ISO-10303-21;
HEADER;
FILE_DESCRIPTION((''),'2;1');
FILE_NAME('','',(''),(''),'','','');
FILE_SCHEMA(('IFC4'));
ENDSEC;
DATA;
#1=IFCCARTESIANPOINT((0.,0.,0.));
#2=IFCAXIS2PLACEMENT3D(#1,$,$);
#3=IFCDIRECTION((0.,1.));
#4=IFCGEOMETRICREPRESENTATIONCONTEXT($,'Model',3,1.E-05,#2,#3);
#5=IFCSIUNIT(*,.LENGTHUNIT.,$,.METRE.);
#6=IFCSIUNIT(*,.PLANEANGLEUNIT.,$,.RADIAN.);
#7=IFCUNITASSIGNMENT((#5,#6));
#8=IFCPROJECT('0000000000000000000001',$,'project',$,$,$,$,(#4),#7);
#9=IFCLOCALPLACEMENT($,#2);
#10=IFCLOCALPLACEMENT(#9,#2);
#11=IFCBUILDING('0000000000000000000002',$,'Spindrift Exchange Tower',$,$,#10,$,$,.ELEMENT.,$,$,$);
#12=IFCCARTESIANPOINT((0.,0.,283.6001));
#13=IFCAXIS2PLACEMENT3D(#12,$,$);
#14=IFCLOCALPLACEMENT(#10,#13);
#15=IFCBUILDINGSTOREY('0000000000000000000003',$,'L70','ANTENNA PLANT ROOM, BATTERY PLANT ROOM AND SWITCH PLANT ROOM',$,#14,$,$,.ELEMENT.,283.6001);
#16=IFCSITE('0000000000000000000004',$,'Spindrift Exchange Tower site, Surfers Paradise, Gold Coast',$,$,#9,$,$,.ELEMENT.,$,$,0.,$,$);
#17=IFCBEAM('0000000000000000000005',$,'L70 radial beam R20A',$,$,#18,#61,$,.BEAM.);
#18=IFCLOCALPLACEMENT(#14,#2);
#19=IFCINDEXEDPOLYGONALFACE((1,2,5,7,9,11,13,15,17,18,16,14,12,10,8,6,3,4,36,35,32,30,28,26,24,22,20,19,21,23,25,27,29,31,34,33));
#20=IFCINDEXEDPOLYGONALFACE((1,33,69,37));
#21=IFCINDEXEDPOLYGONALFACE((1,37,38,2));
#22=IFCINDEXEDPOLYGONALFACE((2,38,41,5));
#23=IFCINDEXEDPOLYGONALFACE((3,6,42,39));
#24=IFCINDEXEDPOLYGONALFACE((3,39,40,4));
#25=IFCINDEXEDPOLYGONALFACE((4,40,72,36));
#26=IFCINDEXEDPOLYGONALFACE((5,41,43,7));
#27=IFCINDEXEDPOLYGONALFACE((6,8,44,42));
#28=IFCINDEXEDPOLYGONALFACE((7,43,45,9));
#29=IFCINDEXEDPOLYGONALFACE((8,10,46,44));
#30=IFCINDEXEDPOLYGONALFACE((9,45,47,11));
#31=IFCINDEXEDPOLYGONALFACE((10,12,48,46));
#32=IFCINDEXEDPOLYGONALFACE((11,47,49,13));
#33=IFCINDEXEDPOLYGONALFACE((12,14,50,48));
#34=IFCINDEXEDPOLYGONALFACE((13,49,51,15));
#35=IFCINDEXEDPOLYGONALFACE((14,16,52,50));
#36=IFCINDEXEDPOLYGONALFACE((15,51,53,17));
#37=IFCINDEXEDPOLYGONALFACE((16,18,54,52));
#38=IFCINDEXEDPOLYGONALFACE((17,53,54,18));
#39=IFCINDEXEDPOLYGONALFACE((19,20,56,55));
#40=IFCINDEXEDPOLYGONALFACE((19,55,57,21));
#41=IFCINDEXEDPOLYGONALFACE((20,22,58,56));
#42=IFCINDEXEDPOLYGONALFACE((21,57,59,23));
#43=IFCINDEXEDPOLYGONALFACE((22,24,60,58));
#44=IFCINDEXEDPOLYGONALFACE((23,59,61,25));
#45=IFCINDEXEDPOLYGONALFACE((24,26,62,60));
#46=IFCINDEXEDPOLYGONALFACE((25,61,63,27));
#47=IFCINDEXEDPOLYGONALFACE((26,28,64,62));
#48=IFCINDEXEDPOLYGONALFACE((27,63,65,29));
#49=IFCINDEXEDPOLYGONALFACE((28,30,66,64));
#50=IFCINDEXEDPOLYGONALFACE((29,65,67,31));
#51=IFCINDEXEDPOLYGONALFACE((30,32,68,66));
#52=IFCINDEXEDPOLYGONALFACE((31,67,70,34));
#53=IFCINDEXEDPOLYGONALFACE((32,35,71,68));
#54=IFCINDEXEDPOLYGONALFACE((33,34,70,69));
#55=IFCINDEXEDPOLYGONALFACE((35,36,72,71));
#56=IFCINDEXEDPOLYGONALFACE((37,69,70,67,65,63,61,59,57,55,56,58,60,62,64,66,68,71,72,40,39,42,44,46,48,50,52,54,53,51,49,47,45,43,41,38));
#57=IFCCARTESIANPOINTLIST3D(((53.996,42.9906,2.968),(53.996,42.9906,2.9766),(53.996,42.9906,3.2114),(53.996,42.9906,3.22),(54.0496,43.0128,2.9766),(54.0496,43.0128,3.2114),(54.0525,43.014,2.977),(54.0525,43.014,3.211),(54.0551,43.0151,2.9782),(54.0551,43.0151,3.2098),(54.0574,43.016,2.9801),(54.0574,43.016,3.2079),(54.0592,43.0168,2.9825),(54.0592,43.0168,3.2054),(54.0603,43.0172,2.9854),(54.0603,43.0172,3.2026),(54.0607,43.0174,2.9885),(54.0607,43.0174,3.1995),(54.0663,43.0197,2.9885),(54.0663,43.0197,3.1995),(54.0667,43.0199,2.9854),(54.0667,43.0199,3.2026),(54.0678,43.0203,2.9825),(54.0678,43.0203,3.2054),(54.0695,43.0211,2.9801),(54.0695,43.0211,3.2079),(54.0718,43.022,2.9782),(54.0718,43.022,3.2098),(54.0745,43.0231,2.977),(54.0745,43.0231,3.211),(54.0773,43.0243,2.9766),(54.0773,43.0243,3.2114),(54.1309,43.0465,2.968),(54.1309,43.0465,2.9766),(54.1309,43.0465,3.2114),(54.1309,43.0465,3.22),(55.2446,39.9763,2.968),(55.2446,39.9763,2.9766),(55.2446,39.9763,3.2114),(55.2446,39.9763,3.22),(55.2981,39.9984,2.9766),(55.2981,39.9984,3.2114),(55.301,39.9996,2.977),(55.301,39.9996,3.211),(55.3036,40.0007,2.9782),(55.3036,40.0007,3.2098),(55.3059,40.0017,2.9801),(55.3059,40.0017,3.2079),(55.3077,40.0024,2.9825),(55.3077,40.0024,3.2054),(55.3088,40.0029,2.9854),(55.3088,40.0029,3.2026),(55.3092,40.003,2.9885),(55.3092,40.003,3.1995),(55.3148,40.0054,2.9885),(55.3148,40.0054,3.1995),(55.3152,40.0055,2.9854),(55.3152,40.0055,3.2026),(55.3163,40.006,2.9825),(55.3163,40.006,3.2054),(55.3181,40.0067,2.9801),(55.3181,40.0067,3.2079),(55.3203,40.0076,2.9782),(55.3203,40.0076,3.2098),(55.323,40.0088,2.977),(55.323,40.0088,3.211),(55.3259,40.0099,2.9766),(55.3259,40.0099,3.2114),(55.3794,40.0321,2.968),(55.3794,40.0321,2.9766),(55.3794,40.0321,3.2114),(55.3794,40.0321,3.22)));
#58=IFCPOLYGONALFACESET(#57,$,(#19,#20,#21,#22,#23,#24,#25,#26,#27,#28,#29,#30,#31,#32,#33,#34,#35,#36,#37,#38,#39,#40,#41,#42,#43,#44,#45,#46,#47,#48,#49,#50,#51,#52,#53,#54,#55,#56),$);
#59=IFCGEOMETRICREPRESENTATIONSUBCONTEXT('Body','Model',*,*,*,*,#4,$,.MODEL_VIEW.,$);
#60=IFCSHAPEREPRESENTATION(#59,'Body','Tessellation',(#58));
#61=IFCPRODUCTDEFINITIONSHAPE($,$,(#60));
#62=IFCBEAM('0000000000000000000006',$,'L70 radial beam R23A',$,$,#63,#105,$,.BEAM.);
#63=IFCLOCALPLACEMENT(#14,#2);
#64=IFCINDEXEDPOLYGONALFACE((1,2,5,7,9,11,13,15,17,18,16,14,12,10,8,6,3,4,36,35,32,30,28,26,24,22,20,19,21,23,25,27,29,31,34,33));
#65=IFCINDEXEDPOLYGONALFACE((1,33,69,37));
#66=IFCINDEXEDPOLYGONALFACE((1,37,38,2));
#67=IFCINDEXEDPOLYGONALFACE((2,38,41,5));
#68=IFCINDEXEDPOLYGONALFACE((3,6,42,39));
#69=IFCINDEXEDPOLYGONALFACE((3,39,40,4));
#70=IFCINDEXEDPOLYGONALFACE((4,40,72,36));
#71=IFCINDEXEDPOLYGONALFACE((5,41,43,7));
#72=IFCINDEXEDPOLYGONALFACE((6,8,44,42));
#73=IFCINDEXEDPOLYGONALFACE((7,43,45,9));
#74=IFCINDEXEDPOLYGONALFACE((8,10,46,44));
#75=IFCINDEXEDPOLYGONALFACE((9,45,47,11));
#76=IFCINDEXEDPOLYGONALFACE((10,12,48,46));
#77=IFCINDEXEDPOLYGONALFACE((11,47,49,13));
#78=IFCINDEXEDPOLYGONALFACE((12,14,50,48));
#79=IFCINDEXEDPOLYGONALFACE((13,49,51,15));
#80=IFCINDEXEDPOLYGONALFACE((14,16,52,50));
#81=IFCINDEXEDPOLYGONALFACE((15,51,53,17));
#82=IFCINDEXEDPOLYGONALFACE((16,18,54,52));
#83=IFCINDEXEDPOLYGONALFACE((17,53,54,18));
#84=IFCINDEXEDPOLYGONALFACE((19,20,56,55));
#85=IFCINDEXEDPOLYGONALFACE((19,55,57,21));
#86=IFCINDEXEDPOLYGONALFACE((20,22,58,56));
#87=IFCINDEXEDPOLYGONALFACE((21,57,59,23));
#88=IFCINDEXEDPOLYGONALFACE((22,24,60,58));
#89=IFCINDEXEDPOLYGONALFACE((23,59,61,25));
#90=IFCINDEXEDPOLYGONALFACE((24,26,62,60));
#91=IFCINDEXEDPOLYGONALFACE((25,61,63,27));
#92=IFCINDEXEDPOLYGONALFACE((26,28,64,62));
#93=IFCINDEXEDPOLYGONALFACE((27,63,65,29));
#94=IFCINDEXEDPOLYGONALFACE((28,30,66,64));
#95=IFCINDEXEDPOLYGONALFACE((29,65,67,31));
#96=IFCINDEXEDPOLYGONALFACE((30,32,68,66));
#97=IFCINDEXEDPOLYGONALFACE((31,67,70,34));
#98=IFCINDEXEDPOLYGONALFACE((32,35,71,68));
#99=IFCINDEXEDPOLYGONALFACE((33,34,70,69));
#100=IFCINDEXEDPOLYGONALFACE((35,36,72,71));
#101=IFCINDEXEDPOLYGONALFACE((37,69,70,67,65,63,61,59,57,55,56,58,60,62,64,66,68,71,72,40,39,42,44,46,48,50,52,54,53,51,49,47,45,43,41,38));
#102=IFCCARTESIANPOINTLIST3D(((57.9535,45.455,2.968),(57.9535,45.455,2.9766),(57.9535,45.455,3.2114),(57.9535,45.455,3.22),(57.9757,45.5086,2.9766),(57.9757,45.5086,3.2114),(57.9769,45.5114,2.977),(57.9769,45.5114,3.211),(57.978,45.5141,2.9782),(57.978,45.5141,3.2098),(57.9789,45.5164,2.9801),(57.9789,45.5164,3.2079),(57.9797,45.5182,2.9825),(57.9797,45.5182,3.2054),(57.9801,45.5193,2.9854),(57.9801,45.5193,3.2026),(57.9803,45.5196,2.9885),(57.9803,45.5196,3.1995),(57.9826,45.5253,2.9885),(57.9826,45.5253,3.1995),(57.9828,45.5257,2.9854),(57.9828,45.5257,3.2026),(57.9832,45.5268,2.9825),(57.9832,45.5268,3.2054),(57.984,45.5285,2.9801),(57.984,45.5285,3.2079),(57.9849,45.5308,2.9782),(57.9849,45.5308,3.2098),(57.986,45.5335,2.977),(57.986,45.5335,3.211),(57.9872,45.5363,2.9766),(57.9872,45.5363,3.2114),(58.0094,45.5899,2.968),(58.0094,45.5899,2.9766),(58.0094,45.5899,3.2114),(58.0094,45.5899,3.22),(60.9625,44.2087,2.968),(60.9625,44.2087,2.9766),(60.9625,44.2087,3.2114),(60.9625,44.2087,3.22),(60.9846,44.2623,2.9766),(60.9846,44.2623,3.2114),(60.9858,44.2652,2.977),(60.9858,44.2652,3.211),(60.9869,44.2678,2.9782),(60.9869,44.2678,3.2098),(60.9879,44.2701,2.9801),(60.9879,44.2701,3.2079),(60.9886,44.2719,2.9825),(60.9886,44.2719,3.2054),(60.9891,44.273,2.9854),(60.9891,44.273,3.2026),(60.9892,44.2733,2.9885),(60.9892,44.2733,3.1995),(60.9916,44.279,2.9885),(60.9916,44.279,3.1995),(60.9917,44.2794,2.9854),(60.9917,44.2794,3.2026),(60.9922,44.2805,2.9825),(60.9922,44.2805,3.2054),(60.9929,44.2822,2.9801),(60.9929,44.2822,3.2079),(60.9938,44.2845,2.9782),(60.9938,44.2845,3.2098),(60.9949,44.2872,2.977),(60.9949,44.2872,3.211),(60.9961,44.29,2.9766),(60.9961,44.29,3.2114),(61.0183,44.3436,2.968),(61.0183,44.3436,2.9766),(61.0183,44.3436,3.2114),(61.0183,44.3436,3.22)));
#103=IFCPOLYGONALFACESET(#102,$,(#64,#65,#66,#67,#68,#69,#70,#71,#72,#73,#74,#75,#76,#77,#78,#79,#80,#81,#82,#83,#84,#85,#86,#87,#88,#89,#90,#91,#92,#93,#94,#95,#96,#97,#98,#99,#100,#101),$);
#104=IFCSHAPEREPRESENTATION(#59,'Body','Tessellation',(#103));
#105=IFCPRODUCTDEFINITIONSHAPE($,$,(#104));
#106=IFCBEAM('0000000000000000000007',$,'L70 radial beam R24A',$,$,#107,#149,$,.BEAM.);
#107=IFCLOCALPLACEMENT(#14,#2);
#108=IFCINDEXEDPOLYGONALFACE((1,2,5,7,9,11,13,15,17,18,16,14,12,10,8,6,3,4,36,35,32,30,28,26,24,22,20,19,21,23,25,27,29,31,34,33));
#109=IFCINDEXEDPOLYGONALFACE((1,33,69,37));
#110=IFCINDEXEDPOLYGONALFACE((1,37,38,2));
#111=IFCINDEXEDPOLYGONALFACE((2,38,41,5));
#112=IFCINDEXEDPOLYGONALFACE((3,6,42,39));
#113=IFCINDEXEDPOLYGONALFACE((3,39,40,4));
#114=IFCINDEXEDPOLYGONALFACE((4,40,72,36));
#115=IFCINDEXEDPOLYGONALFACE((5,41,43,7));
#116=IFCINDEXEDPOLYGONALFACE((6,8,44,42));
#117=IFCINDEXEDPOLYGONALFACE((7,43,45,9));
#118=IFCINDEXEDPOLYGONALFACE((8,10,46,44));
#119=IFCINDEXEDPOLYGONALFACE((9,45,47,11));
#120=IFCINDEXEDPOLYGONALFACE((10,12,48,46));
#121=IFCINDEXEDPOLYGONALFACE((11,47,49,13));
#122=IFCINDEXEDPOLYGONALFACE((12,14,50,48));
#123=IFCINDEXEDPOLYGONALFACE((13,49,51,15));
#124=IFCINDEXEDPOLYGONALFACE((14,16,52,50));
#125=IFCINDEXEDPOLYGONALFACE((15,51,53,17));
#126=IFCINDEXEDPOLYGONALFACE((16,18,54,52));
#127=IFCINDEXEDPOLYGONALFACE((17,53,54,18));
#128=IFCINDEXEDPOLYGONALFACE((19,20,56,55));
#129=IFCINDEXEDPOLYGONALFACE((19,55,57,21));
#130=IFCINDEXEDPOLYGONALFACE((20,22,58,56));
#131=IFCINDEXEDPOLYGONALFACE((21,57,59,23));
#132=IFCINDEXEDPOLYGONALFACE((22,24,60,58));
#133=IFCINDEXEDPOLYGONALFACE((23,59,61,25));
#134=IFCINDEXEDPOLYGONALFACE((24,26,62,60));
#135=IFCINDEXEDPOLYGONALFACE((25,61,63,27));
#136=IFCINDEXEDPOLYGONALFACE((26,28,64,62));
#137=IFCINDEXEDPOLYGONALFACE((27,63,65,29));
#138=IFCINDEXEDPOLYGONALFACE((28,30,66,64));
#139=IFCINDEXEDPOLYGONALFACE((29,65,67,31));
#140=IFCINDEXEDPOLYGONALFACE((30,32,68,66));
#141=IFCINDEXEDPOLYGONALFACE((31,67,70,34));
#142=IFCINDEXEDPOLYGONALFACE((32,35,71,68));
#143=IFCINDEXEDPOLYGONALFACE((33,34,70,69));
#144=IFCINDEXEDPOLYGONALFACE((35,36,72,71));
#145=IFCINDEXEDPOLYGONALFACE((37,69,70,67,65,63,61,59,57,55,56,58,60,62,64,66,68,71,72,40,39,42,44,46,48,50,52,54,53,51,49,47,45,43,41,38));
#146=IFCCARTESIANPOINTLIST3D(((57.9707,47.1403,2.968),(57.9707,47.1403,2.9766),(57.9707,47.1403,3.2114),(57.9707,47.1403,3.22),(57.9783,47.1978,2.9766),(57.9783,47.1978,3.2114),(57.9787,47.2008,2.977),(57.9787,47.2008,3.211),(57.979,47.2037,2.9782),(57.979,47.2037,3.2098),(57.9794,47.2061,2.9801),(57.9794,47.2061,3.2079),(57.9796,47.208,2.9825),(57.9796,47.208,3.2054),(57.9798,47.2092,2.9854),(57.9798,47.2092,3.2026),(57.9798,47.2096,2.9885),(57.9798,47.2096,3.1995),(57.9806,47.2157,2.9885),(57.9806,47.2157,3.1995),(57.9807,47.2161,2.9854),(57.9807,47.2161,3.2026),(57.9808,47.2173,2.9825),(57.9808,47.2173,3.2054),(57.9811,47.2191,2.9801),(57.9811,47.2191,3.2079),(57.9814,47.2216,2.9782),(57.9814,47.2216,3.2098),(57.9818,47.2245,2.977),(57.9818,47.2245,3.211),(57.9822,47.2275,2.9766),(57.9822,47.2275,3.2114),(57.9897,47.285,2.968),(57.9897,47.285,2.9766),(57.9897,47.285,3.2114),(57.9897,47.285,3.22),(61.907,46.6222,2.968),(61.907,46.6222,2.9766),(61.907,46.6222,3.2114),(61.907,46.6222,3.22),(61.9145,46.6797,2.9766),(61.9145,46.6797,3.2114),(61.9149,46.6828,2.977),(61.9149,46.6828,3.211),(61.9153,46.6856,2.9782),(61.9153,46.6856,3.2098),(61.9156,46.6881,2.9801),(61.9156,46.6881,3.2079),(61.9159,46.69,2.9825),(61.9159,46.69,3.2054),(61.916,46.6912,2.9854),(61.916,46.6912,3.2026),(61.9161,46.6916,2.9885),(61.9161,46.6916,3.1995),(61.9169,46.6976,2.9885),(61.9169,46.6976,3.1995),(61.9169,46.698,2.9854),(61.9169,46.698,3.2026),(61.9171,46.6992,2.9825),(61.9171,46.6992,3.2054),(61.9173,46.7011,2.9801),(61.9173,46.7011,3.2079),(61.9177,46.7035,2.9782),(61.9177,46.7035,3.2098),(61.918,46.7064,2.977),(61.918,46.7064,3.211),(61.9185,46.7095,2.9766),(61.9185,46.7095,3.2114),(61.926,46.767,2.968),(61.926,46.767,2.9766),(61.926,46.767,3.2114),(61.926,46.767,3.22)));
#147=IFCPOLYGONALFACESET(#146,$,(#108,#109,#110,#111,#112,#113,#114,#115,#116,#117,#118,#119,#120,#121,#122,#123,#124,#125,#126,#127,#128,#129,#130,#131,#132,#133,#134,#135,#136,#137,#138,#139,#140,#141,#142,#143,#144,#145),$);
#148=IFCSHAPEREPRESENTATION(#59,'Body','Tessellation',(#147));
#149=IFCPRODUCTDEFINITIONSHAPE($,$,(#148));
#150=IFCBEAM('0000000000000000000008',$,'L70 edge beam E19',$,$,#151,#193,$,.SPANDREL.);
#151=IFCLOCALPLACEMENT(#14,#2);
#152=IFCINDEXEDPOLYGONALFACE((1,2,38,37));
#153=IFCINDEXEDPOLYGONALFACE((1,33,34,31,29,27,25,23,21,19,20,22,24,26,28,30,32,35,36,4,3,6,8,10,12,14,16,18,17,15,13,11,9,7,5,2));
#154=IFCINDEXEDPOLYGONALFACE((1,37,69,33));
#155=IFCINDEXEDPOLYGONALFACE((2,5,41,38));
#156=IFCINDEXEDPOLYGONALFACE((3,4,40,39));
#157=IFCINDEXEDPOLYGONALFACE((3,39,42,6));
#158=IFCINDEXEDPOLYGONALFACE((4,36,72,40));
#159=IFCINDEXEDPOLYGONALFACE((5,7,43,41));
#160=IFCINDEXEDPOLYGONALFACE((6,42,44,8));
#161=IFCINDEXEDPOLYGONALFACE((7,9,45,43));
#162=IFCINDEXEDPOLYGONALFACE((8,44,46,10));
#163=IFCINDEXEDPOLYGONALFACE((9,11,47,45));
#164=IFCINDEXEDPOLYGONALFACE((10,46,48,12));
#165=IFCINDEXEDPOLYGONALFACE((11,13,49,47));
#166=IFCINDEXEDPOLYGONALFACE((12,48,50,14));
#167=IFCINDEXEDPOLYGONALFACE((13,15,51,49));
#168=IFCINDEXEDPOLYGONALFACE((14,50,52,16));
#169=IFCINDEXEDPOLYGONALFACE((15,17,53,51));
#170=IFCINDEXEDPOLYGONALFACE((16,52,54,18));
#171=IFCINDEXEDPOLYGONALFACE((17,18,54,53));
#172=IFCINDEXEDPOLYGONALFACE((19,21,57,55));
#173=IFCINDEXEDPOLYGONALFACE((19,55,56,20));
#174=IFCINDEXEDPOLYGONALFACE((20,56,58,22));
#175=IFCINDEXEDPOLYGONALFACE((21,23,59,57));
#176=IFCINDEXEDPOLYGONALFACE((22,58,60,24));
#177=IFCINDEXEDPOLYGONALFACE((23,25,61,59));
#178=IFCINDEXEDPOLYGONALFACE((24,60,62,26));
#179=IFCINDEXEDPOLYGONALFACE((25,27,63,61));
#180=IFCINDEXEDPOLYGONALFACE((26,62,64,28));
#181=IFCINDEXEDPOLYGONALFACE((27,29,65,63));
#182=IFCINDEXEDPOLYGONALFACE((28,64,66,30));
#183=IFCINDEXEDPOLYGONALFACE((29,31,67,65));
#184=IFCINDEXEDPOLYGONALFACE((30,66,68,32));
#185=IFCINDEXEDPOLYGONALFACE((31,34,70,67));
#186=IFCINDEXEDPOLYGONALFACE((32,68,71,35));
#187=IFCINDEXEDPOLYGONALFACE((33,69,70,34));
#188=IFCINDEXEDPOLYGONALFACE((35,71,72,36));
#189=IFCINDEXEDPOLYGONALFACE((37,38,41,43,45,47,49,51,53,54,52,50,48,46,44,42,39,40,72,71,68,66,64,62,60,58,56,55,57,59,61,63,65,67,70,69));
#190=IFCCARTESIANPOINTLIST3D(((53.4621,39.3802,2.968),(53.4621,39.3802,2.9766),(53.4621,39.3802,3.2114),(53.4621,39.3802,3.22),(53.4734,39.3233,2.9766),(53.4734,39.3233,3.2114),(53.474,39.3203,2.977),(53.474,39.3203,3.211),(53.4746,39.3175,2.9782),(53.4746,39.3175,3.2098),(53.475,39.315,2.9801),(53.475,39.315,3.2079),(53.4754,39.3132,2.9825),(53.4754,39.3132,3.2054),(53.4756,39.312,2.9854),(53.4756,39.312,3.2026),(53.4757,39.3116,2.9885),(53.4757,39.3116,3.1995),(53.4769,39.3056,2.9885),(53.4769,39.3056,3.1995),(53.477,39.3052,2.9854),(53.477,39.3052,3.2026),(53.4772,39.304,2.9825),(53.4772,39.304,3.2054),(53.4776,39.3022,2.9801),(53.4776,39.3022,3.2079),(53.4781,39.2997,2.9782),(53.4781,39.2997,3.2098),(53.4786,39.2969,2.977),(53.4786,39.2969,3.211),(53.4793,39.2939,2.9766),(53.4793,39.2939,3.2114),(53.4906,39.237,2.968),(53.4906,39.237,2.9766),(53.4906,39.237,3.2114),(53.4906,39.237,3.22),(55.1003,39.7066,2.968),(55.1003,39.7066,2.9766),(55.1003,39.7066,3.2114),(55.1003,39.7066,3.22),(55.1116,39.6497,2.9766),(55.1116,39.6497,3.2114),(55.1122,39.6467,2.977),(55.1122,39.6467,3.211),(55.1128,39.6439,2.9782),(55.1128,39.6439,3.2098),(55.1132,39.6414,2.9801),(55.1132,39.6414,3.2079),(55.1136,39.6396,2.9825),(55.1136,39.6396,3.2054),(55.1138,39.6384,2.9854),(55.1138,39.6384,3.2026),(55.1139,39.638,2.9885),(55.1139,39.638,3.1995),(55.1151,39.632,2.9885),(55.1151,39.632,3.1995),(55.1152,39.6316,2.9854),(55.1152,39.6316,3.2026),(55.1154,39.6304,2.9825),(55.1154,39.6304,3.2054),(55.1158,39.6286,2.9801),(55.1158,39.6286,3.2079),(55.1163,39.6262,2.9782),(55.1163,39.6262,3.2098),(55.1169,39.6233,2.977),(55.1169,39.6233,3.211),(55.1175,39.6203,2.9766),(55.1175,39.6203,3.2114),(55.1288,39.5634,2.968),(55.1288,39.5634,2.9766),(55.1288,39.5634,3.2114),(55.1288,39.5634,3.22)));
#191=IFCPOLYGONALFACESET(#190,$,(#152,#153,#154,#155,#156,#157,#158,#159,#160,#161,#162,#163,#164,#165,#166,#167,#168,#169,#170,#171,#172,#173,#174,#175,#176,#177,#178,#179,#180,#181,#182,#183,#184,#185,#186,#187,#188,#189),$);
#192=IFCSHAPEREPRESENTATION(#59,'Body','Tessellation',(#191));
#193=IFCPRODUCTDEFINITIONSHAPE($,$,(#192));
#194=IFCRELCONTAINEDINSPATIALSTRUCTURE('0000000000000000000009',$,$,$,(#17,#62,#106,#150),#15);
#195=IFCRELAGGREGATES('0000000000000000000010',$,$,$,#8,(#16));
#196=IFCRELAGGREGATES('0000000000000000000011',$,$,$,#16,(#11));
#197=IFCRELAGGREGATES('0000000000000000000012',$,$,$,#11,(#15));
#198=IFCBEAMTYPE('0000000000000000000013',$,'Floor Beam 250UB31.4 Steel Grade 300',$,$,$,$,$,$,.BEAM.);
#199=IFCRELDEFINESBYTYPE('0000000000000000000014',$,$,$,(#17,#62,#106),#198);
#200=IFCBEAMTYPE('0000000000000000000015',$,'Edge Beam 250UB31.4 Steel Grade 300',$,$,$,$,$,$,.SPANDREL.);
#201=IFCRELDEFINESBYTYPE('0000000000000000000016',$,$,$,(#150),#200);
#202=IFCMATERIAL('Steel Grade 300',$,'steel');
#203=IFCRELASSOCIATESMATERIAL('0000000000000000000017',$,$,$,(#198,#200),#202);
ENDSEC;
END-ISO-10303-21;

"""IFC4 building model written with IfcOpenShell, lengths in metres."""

from ifc_helpers import new_model, si_unit, direction, frame, origin, origin_2d, place, context, subcontext, project, spatial, i_section, extrude, source, transform, mapped, material, material_profile, profile_set, type_object, element, save


model = new_model("IFC4")

# Units and contexts
model_context = context("Model", 3, precision=1e-05, world=origin(), true_north=direction((0.0, 1.0)))
body_context = subcontext(model_context, "Body", "Model", "MODEL_VIEW")
ifc_project = project(units=[si_unit("LENGTHUNIT", "METRE"), si_unit("PLANEANGLEUNIT", "RADIAN")], contexts=[model_context])

# Site, building, storey
site_placement = place(None, origin())
site = spatial("IfcSite", under=ifc_project, at=site_placement, Name="Spindrift Exchange Tower site, Surfers Paradise, Gold Coast", CompositionType="ELEMENT", RefElevation=0.0)
building_placement = place(site_placement, origin())
building = spatial("IfcBuilding", under=site, at=building_placement, Name="Spindrift Exchange Tower", CompositionType="ELEMENT")
storey_placement = place(building_placement, frame((0.0, 0.0, 283.6001)))
storey = spatial("IfcBuildingStorey", under=building, at=storey_placement, Name="L70", Description="ANTENNA PLANT ROOM, BATTERY PLANT ROOM AND SWITCH PLANT ROOM", CompositionType="ELEMENT", Elevation=283.6001)

# Beams
ifc_material_1 = material(Name="Steel Grade 300", Category="steel")
ifc_material_profile_1 = material_profile(ifc_material_1, i_section(OverallWidth=0.146, OverallDepth=0.252, WebThickness=0.0061, FlangeThickness=0.0085, FilletRadius=0.012, at=origin_2d()), Name="250UB31.4")
ifc_profile_set_1 = profile_set([ifc_material_profile_1], Name="Steel Grade 300")
beam_type_1 = type_object("IfcBeamType", Name="Floor Beam 250UB31.4 Steel Grade 300", PredefinedType="BEAM", material=ifc_profile_set_1)
shared_shape_1 = source(origin(), body_context, "Body", "SweptSolid", [
    extrude(i_section(OverallWidth=0.146, OverallDepth=0.252, WebThickness=0.0061, FlangeThickness=0.0085, FilletRadius=0.012, at=origin_2d()), origin(), (0.0, 0.0, 1.0), 3.2627),
])
beam_1_placement = place(storey_placement, frame((54.0635, 43.0186, 3.094), z_axis=(0.382665, -0.923887, 0.0), x_axis=(0.923887, 0.382665, 0.0)))
element("IfcBeam", 1, at=beam_1_placement, inside=storey, type_object=beam_type_1, Name="L70 radial beam R20A", PredefinedType="BEAM", context=body_context, shape_type="MappedRepresentation", body=[
    mapped(shared_shape_1, transform((0.0, 0.0, 0.0), scale=1.0)),
])
shared_shape_2 = source(origin(), body_context, "Body", "SweptSolid", [
    extrude(i_section(OverallWidth=0.146, OverallDepth=0.252, WebThickness=0.0061, FlangeThickness=0.0085, FilletRadius=0.012, at=origin_2d()), origin(), (0.0, 0.0, 1.0), 3.2568),
])
beam_2_placement = place(storey_placement, frame((57.9814, 45.5225, 3.094), z_axis=(0.923884, -0.382672, 0.0), x_axis=(0.382672, 0.923884, 0.0)))
element("IfcBeam", 2, at=beam_2_placement, inside=storey, type_object=beam_type_1, Name="L70 radial beam R23A", PredefinedType="BEAM", context=body_context, shape_type="MappedRepresentation", body=[
    mapped(shared_shape_2, transform((0.0, 0.0, 0.0), scale=1.0)),
])
shared_shape_3 = source(origin(), body_context, "Body", "SweptSolid", [
    extrude(i_section(OverallWidth=0.146, OverallDepth=0.252, WebThickness=0.0061, FlangeThickness=0.0085, FilletRadius=0.012, at=origin_2d()), origin(), (0.0, 0.0, 1.0), 3.9702),
])
beam_3_placement = place(storey_placement, frame((57.9802, 47.2126, 3.094), z_axis=(0.99145, -0.130488, 0.0), x_axis=(0.130488, 0.99145, 0.0)))
element("IfcBeam", 3, at=beam_3_placement, inside=storey, type_object=beam_type_1, Name="L70 radial beam R24A", PredefinedType="BEAM", context=body_context, shape_type="MappedRepresentation", body=[
    mapped(shared_shape_3, transform((0.0, 0.0, 0.0), scale=1.0)),
])
ifc_material_profile_2 = material_profile(ifc_material_1, i_section(OverallWidth=0.146, OverallDepth=0.252, WebThickness=0.0061, FlangeThickness=0.0085, FilletRadius=0.012, at=origin_2d()), Name="250UB31.4")
ifc_profile_set_2 = profile_set([ifc_material_profile_2], Name="Steel Grade 300")
beam_type_2 = type_object("IfcBeamType", Name="Edge Beam 250UB31.4 Steel Grade 300", PredefinedType="SPANDREL", material=ifc_profile_set_2)
shared_shape_4 = source(origin(), body_context, "Body", "SweptSolid", [
    extrude(i_section(OverallWidth=0.146, OverallDepth=0.252, WebThickness=0.0061, FlangeThickness=0.0085, FilletRadius=0.012, at=origin_2d()), origin(), (0.0, 0.0, 1.0), 1.6704),
])
beam_4_placement = place(storey_placement, frame((53.4763, 39.3086, 3.094), z_axis=(0.980721, 0.195413, 0.0), x_axis=(-0.195413, 0.980721, 0.0)))
element("IfcBeam", 4, at=beam_4_placement, inside=storey, type_object=beam_type_2, Name="L70 edge beam E19", PredefinedType="SPANDREL", context=body_context, shape_type="MappedRepresentation", body=[
    mapped(shared_shape_4, transform((0.0, 0.0, 0.0), scale=1.0)),
])

save(model, "model.ifc")
